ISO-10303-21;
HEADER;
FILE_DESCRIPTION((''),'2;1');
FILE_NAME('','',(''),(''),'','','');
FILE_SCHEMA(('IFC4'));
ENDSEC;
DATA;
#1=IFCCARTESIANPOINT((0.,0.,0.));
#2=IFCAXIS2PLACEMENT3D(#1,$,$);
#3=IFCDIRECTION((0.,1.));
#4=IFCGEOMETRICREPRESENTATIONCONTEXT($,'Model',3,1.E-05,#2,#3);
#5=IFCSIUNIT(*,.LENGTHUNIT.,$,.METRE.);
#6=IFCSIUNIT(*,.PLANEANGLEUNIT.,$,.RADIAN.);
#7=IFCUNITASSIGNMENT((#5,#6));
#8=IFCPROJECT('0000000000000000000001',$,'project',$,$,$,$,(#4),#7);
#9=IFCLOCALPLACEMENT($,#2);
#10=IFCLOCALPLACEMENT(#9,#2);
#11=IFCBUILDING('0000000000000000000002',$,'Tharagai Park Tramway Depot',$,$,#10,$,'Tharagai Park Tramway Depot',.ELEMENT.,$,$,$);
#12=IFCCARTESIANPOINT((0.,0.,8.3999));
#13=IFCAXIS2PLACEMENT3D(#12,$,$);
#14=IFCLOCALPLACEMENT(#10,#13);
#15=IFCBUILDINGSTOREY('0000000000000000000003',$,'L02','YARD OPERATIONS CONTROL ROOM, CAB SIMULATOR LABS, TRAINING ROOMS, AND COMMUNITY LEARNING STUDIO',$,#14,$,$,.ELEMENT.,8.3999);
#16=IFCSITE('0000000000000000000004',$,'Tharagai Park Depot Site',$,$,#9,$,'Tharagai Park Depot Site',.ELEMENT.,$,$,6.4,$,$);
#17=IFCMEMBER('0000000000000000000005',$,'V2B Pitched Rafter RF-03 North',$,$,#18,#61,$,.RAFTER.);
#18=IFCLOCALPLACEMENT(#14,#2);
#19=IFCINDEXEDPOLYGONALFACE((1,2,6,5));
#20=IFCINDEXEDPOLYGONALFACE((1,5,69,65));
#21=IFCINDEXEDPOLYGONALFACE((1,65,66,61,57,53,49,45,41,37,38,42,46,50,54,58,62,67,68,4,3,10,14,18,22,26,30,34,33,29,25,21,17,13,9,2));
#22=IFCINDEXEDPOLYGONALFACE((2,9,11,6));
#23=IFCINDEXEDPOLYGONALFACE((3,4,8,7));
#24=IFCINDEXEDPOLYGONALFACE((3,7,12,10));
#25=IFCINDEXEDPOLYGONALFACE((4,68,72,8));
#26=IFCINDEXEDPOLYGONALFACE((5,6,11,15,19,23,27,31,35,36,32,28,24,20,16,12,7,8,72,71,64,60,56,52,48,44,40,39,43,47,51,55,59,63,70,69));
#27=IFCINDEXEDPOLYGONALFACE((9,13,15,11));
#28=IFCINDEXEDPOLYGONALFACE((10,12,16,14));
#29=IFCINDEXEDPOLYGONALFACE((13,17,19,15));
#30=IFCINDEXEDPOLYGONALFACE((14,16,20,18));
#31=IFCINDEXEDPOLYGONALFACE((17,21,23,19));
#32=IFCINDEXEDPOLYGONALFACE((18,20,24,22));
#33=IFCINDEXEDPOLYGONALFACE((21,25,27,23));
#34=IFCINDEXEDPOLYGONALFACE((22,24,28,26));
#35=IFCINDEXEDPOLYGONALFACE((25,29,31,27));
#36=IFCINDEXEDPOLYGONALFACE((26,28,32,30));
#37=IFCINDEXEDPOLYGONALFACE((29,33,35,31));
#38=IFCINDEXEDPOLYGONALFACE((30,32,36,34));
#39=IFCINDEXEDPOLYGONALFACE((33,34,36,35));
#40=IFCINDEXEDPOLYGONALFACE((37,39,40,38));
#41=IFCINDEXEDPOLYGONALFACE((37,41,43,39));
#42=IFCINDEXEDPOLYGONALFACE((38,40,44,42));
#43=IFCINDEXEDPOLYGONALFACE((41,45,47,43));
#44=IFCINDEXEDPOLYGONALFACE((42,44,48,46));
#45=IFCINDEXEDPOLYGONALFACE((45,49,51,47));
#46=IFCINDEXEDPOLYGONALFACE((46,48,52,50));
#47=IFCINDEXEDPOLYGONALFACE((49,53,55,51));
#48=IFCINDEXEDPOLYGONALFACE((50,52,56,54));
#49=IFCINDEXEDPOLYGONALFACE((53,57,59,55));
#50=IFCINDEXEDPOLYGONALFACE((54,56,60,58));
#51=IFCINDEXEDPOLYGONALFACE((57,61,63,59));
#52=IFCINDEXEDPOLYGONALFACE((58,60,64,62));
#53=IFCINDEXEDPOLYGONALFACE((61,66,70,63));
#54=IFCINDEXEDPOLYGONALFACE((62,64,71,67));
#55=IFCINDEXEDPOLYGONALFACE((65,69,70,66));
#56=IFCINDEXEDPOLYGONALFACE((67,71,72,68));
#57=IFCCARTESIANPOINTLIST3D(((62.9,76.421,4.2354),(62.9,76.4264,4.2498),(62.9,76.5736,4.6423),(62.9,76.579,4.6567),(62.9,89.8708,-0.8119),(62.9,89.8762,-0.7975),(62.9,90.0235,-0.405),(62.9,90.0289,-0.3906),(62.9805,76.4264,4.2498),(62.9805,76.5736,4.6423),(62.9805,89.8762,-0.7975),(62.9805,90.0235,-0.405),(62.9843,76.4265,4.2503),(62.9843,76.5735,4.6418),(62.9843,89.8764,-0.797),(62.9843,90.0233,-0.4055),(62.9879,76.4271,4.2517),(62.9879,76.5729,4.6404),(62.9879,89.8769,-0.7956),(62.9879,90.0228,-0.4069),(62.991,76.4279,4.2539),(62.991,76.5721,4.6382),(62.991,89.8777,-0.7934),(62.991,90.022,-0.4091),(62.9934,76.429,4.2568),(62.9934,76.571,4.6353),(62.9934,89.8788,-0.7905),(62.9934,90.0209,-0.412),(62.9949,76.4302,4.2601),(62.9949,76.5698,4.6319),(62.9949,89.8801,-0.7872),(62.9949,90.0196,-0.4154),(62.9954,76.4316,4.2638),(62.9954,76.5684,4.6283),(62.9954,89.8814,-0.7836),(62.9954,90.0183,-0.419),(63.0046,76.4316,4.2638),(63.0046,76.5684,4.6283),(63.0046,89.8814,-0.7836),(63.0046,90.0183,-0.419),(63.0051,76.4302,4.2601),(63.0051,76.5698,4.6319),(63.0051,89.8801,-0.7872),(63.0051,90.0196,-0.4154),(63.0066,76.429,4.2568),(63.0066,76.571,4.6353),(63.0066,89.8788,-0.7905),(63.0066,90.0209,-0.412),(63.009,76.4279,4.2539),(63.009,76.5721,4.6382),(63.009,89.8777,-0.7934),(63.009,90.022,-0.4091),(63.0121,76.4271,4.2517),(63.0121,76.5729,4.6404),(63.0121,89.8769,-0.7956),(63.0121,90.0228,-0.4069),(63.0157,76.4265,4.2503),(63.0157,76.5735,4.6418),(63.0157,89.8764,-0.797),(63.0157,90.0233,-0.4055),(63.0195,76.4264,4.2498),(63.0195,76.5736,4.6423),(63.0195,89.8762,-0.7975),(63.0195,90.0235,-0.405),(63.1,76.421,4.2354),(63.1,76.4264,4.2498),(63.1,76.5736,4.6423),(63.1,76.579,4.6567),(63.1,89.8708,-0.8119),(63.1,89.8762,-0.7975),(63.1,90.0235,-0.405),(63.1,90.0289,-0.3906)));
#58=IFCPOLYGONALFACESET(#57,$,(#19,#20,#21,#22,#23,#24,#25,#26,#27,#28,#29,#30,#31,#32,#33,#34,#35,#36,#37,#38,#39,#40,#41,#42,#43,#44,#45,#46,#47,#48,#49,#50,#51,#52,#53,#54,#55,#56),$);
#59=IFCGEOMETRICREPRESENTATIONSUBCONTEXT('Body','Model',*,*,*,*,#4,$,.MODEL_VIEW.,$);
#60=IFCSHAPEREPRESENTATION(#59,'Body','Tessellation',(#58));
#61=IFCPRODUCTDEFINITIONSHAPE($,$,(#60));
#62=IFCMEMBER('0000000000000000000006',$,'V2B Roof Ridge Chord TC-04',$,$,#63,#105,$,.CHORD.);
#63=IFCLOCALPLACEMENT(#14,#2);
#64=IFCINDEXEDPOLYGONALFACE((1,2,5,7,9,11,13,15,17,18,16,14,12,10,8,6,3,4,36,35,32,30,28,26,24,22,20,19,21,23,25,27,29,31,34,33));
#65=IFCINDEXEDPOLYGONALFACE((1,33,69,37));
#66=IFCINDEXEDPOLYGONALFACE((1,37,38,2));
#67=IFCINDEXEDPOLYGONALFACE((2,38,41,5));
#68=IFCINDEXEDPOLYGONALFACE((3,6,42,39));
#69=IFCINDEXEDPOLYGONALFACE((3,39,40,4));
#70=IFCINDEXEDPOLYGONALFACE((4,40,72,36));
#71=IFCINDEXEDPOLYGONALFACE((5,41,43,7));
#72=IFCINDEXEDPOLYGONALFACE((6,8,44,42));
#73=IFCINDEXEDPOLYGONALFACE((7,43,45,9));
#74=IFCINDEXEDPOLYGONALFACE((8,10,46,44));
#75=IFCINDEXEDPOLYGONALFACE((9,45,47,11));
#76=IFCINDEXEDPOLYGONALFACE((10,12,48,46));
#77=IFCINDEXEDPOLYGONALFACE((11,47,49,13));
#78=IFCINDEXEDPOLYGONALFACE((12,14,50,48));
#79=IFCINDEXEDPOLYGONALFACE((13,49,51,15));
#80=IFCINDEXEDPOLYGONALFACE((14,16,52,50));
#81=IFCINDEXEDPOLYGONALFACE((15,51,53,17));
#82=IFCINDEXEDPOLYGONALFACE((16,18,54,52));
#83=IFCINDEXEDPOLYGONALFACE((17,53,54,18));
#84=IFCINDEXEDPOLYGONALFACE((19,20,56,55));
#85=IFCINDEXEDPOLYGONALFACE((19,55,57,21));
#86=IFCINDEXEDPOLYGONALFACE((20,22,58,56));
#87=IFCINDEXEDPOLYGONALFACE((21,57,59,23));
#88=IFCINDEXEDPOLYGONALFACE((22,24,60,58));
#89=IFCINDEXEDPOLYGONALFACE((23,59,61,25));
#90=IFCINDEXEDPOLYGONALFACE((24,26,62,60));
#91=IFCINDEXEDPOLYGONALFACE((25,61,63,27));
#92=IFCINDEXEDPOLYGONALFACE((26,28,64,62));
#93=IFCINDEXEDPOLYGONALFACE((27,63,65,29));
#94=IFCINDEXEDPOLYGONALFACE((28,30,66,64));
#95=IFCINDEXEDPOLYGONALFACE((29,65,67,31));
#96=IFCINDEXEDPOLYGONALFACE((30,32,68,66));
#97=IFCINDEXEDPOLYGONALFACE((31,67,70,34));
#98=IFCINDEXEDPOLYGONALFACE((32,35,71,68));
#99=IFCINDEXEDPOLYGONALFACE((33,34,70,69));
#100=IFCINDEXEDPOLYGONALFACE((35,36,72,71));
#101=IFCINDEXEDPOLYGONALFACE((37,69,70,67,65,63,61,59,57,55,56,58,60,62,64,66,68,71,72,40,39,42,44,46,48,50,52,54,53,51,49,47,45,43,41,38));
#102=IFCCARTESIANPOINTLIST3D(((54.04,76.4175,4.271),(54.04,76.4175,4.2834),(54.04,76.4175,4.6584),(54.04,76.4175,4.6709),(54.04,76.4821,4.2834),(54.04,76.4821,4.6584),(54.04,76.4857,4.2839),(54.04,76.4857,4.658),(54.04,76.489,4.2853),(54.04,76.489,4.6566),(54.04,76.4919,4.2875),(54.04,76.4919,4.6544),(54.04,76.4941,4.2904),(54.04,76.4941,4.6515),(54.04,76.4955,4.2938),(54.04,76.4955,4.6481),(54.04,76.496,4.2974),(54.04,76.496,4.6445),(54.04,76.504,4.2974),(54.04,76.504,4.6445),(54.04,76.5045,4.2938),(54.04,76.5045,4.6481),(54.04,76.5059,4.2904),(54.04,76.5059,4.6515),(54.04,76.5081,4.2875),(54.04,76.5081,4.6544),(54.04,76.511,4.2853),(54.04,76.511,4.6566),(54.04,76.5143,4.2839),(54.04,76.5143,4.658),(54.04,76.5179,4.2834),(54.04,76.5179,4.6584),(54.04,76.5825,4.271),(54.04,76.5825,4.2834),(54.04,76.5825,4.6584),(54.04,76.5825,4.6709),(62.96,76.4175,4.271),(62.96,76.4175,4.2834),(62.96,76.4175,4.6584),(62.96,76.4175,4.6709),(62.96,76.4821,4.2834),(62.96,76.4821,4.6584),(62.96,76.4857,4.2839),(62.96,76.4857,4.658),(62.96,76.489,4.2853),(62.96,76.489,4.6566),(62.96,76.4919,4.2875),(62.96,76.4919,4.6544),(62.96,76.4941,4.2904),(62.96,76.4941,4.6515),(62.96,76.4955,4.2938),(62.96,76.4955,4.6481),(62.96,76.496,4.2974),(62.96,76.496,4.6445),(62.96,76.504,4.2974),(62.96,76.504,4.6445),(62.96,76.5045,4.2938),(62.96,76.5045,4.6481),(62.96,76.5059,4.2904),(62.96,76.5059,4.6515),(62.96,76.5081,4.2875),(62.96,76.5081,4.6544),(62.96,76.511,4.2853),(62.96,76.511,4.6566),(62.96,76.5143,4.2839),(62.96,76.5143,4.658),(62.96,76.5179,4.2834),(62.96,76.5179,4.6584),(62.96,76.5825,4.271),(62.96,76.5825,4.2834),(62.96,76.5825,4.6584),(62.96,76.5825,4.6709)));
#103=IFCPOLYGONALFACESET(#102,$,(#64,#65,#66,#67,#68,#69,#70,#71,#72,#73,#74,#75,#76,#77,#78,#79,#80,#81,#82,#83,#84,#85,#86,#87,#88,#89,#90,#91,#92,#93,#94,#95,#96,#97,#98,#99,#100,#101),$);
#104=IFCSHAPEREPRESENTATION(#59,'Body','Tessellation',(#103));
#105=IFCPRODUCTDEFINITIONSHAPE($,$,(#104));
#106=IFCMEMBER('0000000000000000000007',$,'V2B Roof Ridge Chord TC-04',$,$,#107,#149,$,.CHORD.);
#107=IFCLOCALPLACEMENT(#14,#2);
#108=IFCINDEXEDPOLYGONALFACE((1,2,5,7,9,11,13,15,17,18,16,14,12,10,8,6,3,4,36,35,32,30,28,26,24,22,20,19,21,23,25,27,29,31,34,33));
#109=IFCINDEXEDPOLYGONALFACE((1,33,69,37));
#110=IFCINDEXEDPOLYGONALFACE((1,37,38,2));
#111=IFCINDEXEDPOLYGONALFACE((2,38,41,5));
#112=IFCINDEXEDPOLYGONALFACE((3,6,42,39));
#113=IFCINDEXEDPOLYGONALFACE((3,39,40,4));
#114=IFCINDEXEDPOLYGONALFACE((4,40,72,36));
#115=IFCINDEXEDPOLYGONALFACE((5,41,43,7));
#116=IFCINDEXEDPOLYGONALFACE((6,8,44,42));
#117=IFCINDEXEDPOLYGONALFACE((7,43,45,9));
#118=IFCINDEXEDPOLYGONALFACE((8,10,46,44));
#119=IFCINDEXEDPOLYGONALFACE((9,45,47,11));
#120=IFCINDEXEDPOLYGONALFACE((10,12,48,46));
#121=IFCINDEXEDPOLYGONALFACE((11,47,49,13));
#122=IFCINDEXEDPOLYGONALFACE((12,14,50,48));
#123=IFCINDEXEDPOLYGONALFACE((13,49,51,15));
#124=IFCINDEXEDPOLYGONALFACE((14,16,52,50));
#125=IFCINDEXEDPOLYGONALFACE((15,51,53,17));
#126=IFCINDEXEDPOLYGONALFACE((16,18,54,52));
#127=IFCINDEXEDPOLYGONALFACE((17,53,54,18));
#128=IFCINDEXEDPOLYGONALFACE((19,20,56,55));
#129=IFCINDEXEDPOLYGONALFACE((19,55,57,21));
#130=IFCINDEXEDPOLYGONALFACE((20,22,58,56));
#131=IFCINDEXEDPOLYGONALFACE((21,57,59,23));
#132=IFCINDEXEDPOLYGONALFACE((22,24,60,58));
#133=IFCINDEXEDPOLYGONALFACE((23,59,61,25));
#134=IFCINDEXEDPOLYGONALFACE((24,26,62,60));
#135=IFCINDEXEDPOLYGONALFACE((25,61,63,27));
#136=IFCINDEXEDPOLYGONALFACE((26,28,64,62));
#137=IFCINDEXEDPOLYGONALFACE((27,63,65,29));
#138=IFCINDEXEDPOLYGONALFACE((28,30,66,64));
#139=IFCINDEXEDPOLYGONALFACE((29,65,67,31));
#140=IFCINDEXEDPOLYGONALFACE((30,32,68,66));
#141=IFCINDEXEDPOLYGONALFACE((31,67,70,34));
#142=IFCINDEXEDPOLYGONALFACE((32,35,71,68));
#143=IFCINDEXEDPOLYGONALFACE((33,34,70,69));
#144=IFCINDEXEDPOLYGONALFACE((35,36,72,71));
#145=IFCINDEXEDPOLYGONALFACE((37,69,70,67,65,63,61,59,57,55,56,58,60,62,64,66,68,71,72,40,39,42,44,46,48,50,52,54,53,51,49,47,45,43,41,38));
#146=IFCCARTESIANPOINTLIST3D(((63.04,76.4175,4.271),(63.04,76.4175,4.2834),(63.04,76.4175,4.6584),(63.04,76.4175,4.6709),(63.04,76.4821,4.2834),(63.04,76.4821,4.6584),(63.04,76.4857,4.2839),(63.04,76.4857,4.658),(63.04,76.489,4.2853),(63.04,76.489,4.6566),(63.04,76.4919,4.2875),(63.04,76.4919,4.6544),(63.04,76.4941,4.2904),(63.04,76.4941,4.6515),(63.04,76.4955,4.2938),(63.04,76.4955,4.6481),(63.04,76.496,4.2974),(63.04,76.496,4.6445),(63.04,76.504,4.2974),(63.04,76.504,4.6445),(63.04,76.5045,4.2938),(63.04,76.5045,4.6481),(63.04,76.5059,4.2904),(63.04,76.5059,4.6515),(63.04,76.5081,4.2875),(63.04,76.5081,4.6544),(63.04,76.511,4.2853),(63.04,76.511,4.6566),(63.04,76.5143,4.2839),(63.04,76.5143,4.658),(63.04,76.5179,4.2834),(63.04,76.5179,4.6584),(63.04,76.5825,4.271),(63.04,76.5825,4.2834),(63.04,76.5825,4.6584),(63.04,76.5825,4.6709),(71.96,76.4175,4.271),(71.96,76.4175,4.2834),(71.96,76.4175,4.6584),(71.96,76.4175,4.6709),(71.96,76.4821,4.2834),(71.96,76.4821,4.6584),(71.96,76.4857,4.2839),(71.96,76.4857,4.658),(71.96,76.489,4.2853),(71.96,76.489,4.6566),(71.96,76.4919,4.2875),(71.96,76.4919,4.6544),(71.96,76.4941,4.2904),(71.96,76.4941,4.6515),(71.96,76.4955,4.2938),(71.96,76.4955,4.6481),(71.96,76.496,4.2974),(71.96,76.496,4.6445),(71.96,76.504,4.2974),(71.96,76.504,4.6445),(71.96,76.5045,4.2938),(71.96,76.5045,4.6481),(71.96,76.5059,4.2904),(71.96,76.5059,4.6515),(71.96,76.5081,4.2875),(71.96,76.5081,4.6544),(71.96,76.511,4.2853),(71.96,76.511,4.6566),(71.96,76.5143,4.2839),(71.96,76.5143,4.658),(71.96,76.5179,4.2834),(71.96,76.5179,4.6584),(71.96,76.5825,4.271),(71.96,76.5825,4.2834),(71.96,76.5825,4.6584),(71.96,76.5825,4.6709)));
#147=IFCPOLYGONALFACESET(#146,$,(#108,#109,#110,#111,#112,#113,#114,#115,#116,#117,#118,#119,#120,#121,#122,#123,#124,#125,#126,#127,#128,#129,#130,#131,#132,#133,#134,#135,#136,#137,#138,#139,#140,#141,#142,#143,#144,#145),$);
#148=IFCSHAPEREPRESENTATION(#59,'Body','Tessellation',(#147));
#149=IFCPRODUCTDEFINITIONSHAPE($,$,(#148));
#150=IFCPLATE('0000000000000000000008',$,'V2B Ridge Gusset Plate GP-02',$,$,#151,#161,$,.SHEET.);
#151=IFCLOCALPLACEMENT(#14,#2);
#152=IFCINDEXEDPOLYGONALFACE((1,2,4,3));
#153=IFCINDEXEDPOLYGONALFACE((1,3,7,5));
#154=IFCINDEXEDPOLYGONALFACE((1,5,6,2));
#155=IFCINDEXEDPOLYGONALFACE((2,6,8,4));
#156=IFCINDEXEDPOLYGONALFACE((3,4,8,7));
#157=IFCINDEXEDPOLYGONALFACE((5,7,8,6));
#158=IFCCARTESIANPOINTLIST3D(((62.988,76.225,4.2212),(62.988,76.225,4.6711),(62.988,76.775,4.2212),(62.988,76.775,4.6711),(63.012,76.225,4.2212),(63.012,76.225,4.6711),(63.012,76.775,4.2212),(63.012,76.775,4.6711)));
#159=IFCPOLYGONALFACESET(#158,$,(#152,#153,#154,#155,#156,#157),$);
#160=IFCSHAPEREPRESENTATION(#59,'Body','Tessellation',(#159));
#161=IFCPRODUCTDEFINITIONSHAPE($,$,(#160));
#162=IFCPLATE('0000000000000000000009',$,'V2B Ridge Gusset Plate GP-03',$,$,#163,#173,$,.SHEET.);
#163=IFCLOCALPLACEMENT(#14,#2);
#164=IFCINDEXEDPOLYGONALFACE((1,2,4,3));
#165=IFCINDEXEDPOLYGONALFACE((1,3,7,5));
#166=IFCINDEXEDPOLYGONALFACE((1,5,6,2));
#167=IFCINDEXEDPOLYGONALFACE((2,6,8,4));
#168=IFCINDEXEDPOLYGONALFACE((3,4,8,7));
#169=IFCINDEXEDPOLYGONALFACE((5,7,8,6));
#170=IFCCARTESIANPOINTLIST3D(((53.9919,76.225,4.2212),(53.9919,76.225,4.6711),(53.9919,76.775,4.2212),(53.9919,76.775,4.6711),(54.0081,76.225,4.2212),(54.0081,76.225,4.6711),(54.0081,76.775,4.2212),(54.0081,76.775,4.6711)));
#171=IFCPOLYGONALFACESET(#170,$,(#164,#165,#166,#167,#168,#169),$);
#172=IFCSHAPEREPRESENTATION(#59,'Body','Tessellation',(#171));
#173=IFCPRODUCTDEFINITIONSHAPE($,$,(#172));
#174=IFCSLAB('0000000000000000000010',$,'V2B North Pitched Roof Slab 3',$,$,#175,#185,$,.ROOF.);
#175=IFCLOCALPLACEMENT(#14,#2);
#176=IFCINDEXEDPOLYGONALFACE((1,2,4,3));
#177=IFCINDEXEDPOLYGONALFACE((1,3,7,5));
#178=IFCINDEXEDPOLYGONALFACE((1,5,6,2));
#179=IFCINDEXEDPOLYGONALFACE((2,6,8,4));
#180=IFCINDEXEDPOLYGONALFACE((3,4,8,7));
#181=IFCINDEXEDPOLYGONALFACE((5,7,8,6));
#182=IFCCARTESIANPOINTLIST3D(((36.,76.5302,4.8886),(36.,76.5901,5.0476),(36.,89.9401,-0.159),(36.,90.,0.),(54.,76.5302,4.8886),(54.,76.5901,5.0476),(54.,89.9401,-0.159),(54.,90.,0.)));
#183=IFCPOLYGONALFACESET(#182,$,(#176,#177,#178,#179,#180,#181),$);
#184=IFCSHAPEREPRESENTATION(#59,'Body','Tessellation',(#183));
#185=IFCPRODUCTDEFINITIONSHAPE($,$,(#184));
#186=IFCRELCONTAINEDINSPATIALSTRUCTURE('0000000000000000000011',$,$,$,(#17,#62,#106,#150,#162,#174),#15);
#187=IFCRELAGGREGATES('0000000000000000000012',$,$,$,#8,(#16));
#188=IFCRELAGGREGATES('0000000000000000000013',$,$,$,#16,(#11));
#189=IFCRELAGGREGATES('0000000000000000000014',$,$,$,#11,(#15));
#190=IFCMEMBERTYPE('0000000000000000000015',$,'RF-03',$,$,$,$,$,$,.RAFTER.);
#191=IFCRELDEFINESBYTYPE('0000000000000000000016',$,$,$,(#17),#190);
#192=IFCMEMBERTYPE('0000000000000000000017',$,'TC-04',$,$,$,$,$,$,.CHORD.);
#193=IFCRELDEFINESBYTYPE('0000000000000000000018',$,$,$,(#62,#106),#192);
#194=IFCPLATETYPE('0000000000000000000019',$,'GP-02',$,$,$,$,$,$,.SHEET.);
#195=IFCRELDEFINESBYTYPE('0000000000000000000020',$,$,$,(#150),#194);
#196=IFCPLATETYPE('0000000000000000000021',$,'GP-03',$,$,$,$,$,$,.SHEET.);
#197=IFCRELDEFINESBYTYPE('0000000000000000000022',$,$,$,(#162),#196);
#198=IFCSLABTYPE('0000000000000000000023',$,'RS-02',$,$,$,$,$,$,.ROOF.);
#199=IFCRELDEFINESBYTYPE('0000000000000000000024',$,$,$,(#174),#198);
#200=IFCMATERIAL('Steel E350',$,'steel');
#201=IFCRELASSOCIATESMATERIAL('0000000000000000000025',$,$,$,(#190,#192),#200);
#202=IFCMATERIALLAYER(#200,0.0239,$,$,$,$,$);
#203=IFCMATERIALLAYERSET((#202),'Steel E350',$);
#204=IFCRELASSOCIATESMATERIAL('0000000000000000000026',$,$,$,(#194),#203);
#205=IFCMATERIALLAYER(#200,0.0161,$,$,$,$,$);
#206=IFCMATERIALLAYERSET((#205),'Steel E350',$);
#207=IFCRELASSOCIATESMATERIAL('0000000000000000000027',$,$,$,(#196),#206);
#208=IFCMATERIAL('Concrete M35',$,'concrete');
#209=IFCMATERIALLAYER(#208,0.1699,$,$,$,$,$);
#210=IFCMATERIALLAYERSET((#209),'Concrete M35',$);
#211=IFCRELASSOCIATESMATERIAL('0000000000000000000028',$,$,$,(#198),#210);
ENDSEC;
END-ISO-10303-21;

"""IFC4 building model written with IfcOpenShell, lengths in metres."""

from ifc_helpers import new_model, si_unit, direction, frame, origin, origin_2d, place, context, subcontext, project, spatial, polyline, rectangle, i_section, outline, extrude, material, layer, layer_set, material_profile, profile_set, type_object, element, save


model = new_model("IFC4")

# Units and contexts
model_context = context("Model", 3, precision=1e-05, world=origin(), true_north=direction((0.0, 1.0)))
body_context = subcontext(model_context, "Body", "Model", "MODEL_VIEW")
ifc_project = project(units=[si_unit("LENGTHUNIT", "METRE"), si_unit("PLANEANGLEUNIT", "RADIAN")], contexts=[model_context])

# Site, building, storey
site_placement = place(None, origin())
site = spatial("IfcSite", under=ifc_project, at=site_placement, Name="Tharagai Park Depot Site", LongName="Tharagai Park Depot Site", CompositionType="ELEMENT", RefElevation=6.4)
building_placement = place(site_placement, origin())
building = spatial("IfcBuilding", under=site, at=building_placement, Name="Tharagai Park Tramway Depot", LongName="Tharagai Park Tramway Depot", CompositionType="ELEMENT")
storey_placement = place(building_placement, frame((0.0, 0.0, 8.3999)))
storey = spatial("IfcBuildingStorey", under=building, at=storey_placement, Name="L02", Description="YARD OPERATIONS CONTROL ROOM, CAB SIMULATOR LABS, TRAINING ROOMS, AND COMMUNITY LEARNING STUDIO", CompositionType="ELEMENT", Elevation=8.3999)

# Shared definitions
ifc_material_1 = material(Name="Steel E350", Category="steel")

# Members
ifc_material_profile_1 = material_profile(ifc_material_1, i_section(OverallWidth=0.2, OverallDepth=0.45, WebThickness=0.0093, FlangeThickness=0.0154, FilletRadius=0.0149, at=origin_2d()), Name="ISWB 450")
ifc_profile_set_1 = profile_set([ifc_material_profile_1], Name="Steel E350")
member_type_1 = type_object("IfcMemberType", Name="RF-03", PredefinedType="RAFTER", material=ifc_profile_set_1)
for number, where, z_axis, x_axis, name in (
    (1, (63.0, 76.5, 4.446), (0.0, 0.936246, -0.351345), (-1.0, 0.0, 0.0), "V2B Pitched Rafter RF-03 North"),
):
    element("IfcMember", number, at=place(storey_placement, frame(where, z_axis=z_axis, x_axis=x_axis)), inside=storey, type_object=member_type_1, Name=name, PredefinedType="RAFTER", context=body_context, shape_type="SweptSolid", body=[
        extrude(i_section(OverallWidth=0.2, OverallDepth=0.45, WebThickness=0.0093, FlangeThickness=0.0154, FilletRadius=0.0149, at=origin_2d()), origin(), (0.0, 0.0, 1.0), 14.3657),
    ])
ifc_material_profile_2 = material_profile(ifc_material_1, i_section(OverallWidth=0.165, OverallDepth=0.3999, WebThickness=0.0081, FlangeThickness=0.0125, FilletRadius=0.0139, at=origin_2d()), Name="ISLB 400")
ifc_profile_set_2 = profile_set([ifc_material_profile_2], Name="Steel E350")
member_type_2 = type_object("IfcMemberType", Name="TC-04", PredefinedType="CHORD", material=ifc_profile_set_2)
for number, where, z_axis, x_axis, name in (
    (2, (54.04, 76.5, 4.4709), (1.0, 0.0, 0.0), (0.0, 1.0, 0.0), "V2B Roof Ridge Chord TC-04"),
    (3, (63.04, 76.5, 4.4709), (1.0, 0.0, 0.0), (0.0, 1.0, 0.0), "V2B Roof Ridge Chord TC-04"),
):
    element("IfcMember", number, at=place(storey_placement, frame(where, z_axis=z_axis, x_axis=x_axis)), inside=storey, type_object=member_type_2, Name=name, PredefinedType="CHORD", context=body_context, shape_type="SweptSolid", body=[
        extrude(i_section(OverallWidth=0.165, OverallDepth=0.3999, WebThickness=0.0081, FlangeThickness=0.0125, FilletRadius=0.0139, at=origin_2d()), origin(), (0.0, 0.0, 1.0), 8.9199),
    ])

# Plates
ifc_layer_1 = layer(ifc_material_1, 0.0239)
ifc_layer_set_1 = layer_set([ifc_layer_1], Name="Steel E350")
plate_type_1 = type_object("IfcPlateType", Name="GP-02", PredefinedType="SHEET", material=ifc_layer_set_1)
plate_1_placement = place(storey_placement, frame((63.0, 76.5, 4.2212), z_axis=(0.0, 0.0, 1.0), x_axis=(1.0, 0.0, 0.0)))
element("IfcPlate", 4, at=plate_1_placement, inside=storey, type_object=plate_type_1, Name="V2B Ridge Gusset Plate GP-02", PredefinedType="SHEET", context=body_context, shape_type="SweptSolid", body=[
    extrude(rectangle(XDim=0.0239, YDim=0.55, at=origin_2d()), origin(), (0.0, 0.0, 1.0), 0.45),
])
ifc_layer_2 = layer(ifc_material_1, 0.0161)
ifc_layer_set_2 = layer_set([ifc_layer_2], Name="Steel E350")
plate_type_2 = type_object("IfcPlateType", Name="GP-03", PredefinedType="SHEET", material=ifc_layer_set_2)
plate_2_placement = place(storey_placement, frame((54.0, 76.5, 4.2212), z_axis=(0.0, 0.0, 1.0), x_axis=(1.0, 0.0, 0.0)))
element("IfcPlate", 5, at=plate_2_placement, inside=storey, type_object=plate_type_2, Name="V2B Ridge Gusset Plate GP-03", PredefinedType="SHEET", context=body_context, shape_type="SweptSolid", body=[
    extrude(rectangle(XDim=0.0161, YDim=0.55, at=origin_2d()), origin(), (0.0, 0.0, 1.0), 0.45),
])

# Slab
ifc_material_2 = material(Name="Concrete M35", Category="concrete")
ifc_layer_3 = layer(ifc_material_2, 0.1699)
ifc_layer_set_3 = layer_set([ifc_layer_3], Name="Concrete M35")
slab_type = type_object("IfcSlabType", Name="RS-02", PredefinedType="ROOF", material=ifc_layer_set_3)
slab_placement = place(storey_placement, frame((54.0, 90.0, 0.0), z_axis=(0.0, 0.352279, 0.935895), x_axis=(-1.0, 0.0, 0.0)))
element("IfcSlab", 6, at=slab_placement, inside=storey, type_object=slab_type, Name="V2B North Pitched Roof Slab 3", PredefinedType="ROOF", context=body_context, shape_type="SweptSolid", body=[
    extrude(outline(polyline([(0.0, 0.0), (18.0, 0.0), (18.0, 14.3284), (0.0, 14.3284), (0.0, 0.0)])), origin(), (0.0, 0.0, -1.0), 0.1699),
])

save(model, "model.ifc")
